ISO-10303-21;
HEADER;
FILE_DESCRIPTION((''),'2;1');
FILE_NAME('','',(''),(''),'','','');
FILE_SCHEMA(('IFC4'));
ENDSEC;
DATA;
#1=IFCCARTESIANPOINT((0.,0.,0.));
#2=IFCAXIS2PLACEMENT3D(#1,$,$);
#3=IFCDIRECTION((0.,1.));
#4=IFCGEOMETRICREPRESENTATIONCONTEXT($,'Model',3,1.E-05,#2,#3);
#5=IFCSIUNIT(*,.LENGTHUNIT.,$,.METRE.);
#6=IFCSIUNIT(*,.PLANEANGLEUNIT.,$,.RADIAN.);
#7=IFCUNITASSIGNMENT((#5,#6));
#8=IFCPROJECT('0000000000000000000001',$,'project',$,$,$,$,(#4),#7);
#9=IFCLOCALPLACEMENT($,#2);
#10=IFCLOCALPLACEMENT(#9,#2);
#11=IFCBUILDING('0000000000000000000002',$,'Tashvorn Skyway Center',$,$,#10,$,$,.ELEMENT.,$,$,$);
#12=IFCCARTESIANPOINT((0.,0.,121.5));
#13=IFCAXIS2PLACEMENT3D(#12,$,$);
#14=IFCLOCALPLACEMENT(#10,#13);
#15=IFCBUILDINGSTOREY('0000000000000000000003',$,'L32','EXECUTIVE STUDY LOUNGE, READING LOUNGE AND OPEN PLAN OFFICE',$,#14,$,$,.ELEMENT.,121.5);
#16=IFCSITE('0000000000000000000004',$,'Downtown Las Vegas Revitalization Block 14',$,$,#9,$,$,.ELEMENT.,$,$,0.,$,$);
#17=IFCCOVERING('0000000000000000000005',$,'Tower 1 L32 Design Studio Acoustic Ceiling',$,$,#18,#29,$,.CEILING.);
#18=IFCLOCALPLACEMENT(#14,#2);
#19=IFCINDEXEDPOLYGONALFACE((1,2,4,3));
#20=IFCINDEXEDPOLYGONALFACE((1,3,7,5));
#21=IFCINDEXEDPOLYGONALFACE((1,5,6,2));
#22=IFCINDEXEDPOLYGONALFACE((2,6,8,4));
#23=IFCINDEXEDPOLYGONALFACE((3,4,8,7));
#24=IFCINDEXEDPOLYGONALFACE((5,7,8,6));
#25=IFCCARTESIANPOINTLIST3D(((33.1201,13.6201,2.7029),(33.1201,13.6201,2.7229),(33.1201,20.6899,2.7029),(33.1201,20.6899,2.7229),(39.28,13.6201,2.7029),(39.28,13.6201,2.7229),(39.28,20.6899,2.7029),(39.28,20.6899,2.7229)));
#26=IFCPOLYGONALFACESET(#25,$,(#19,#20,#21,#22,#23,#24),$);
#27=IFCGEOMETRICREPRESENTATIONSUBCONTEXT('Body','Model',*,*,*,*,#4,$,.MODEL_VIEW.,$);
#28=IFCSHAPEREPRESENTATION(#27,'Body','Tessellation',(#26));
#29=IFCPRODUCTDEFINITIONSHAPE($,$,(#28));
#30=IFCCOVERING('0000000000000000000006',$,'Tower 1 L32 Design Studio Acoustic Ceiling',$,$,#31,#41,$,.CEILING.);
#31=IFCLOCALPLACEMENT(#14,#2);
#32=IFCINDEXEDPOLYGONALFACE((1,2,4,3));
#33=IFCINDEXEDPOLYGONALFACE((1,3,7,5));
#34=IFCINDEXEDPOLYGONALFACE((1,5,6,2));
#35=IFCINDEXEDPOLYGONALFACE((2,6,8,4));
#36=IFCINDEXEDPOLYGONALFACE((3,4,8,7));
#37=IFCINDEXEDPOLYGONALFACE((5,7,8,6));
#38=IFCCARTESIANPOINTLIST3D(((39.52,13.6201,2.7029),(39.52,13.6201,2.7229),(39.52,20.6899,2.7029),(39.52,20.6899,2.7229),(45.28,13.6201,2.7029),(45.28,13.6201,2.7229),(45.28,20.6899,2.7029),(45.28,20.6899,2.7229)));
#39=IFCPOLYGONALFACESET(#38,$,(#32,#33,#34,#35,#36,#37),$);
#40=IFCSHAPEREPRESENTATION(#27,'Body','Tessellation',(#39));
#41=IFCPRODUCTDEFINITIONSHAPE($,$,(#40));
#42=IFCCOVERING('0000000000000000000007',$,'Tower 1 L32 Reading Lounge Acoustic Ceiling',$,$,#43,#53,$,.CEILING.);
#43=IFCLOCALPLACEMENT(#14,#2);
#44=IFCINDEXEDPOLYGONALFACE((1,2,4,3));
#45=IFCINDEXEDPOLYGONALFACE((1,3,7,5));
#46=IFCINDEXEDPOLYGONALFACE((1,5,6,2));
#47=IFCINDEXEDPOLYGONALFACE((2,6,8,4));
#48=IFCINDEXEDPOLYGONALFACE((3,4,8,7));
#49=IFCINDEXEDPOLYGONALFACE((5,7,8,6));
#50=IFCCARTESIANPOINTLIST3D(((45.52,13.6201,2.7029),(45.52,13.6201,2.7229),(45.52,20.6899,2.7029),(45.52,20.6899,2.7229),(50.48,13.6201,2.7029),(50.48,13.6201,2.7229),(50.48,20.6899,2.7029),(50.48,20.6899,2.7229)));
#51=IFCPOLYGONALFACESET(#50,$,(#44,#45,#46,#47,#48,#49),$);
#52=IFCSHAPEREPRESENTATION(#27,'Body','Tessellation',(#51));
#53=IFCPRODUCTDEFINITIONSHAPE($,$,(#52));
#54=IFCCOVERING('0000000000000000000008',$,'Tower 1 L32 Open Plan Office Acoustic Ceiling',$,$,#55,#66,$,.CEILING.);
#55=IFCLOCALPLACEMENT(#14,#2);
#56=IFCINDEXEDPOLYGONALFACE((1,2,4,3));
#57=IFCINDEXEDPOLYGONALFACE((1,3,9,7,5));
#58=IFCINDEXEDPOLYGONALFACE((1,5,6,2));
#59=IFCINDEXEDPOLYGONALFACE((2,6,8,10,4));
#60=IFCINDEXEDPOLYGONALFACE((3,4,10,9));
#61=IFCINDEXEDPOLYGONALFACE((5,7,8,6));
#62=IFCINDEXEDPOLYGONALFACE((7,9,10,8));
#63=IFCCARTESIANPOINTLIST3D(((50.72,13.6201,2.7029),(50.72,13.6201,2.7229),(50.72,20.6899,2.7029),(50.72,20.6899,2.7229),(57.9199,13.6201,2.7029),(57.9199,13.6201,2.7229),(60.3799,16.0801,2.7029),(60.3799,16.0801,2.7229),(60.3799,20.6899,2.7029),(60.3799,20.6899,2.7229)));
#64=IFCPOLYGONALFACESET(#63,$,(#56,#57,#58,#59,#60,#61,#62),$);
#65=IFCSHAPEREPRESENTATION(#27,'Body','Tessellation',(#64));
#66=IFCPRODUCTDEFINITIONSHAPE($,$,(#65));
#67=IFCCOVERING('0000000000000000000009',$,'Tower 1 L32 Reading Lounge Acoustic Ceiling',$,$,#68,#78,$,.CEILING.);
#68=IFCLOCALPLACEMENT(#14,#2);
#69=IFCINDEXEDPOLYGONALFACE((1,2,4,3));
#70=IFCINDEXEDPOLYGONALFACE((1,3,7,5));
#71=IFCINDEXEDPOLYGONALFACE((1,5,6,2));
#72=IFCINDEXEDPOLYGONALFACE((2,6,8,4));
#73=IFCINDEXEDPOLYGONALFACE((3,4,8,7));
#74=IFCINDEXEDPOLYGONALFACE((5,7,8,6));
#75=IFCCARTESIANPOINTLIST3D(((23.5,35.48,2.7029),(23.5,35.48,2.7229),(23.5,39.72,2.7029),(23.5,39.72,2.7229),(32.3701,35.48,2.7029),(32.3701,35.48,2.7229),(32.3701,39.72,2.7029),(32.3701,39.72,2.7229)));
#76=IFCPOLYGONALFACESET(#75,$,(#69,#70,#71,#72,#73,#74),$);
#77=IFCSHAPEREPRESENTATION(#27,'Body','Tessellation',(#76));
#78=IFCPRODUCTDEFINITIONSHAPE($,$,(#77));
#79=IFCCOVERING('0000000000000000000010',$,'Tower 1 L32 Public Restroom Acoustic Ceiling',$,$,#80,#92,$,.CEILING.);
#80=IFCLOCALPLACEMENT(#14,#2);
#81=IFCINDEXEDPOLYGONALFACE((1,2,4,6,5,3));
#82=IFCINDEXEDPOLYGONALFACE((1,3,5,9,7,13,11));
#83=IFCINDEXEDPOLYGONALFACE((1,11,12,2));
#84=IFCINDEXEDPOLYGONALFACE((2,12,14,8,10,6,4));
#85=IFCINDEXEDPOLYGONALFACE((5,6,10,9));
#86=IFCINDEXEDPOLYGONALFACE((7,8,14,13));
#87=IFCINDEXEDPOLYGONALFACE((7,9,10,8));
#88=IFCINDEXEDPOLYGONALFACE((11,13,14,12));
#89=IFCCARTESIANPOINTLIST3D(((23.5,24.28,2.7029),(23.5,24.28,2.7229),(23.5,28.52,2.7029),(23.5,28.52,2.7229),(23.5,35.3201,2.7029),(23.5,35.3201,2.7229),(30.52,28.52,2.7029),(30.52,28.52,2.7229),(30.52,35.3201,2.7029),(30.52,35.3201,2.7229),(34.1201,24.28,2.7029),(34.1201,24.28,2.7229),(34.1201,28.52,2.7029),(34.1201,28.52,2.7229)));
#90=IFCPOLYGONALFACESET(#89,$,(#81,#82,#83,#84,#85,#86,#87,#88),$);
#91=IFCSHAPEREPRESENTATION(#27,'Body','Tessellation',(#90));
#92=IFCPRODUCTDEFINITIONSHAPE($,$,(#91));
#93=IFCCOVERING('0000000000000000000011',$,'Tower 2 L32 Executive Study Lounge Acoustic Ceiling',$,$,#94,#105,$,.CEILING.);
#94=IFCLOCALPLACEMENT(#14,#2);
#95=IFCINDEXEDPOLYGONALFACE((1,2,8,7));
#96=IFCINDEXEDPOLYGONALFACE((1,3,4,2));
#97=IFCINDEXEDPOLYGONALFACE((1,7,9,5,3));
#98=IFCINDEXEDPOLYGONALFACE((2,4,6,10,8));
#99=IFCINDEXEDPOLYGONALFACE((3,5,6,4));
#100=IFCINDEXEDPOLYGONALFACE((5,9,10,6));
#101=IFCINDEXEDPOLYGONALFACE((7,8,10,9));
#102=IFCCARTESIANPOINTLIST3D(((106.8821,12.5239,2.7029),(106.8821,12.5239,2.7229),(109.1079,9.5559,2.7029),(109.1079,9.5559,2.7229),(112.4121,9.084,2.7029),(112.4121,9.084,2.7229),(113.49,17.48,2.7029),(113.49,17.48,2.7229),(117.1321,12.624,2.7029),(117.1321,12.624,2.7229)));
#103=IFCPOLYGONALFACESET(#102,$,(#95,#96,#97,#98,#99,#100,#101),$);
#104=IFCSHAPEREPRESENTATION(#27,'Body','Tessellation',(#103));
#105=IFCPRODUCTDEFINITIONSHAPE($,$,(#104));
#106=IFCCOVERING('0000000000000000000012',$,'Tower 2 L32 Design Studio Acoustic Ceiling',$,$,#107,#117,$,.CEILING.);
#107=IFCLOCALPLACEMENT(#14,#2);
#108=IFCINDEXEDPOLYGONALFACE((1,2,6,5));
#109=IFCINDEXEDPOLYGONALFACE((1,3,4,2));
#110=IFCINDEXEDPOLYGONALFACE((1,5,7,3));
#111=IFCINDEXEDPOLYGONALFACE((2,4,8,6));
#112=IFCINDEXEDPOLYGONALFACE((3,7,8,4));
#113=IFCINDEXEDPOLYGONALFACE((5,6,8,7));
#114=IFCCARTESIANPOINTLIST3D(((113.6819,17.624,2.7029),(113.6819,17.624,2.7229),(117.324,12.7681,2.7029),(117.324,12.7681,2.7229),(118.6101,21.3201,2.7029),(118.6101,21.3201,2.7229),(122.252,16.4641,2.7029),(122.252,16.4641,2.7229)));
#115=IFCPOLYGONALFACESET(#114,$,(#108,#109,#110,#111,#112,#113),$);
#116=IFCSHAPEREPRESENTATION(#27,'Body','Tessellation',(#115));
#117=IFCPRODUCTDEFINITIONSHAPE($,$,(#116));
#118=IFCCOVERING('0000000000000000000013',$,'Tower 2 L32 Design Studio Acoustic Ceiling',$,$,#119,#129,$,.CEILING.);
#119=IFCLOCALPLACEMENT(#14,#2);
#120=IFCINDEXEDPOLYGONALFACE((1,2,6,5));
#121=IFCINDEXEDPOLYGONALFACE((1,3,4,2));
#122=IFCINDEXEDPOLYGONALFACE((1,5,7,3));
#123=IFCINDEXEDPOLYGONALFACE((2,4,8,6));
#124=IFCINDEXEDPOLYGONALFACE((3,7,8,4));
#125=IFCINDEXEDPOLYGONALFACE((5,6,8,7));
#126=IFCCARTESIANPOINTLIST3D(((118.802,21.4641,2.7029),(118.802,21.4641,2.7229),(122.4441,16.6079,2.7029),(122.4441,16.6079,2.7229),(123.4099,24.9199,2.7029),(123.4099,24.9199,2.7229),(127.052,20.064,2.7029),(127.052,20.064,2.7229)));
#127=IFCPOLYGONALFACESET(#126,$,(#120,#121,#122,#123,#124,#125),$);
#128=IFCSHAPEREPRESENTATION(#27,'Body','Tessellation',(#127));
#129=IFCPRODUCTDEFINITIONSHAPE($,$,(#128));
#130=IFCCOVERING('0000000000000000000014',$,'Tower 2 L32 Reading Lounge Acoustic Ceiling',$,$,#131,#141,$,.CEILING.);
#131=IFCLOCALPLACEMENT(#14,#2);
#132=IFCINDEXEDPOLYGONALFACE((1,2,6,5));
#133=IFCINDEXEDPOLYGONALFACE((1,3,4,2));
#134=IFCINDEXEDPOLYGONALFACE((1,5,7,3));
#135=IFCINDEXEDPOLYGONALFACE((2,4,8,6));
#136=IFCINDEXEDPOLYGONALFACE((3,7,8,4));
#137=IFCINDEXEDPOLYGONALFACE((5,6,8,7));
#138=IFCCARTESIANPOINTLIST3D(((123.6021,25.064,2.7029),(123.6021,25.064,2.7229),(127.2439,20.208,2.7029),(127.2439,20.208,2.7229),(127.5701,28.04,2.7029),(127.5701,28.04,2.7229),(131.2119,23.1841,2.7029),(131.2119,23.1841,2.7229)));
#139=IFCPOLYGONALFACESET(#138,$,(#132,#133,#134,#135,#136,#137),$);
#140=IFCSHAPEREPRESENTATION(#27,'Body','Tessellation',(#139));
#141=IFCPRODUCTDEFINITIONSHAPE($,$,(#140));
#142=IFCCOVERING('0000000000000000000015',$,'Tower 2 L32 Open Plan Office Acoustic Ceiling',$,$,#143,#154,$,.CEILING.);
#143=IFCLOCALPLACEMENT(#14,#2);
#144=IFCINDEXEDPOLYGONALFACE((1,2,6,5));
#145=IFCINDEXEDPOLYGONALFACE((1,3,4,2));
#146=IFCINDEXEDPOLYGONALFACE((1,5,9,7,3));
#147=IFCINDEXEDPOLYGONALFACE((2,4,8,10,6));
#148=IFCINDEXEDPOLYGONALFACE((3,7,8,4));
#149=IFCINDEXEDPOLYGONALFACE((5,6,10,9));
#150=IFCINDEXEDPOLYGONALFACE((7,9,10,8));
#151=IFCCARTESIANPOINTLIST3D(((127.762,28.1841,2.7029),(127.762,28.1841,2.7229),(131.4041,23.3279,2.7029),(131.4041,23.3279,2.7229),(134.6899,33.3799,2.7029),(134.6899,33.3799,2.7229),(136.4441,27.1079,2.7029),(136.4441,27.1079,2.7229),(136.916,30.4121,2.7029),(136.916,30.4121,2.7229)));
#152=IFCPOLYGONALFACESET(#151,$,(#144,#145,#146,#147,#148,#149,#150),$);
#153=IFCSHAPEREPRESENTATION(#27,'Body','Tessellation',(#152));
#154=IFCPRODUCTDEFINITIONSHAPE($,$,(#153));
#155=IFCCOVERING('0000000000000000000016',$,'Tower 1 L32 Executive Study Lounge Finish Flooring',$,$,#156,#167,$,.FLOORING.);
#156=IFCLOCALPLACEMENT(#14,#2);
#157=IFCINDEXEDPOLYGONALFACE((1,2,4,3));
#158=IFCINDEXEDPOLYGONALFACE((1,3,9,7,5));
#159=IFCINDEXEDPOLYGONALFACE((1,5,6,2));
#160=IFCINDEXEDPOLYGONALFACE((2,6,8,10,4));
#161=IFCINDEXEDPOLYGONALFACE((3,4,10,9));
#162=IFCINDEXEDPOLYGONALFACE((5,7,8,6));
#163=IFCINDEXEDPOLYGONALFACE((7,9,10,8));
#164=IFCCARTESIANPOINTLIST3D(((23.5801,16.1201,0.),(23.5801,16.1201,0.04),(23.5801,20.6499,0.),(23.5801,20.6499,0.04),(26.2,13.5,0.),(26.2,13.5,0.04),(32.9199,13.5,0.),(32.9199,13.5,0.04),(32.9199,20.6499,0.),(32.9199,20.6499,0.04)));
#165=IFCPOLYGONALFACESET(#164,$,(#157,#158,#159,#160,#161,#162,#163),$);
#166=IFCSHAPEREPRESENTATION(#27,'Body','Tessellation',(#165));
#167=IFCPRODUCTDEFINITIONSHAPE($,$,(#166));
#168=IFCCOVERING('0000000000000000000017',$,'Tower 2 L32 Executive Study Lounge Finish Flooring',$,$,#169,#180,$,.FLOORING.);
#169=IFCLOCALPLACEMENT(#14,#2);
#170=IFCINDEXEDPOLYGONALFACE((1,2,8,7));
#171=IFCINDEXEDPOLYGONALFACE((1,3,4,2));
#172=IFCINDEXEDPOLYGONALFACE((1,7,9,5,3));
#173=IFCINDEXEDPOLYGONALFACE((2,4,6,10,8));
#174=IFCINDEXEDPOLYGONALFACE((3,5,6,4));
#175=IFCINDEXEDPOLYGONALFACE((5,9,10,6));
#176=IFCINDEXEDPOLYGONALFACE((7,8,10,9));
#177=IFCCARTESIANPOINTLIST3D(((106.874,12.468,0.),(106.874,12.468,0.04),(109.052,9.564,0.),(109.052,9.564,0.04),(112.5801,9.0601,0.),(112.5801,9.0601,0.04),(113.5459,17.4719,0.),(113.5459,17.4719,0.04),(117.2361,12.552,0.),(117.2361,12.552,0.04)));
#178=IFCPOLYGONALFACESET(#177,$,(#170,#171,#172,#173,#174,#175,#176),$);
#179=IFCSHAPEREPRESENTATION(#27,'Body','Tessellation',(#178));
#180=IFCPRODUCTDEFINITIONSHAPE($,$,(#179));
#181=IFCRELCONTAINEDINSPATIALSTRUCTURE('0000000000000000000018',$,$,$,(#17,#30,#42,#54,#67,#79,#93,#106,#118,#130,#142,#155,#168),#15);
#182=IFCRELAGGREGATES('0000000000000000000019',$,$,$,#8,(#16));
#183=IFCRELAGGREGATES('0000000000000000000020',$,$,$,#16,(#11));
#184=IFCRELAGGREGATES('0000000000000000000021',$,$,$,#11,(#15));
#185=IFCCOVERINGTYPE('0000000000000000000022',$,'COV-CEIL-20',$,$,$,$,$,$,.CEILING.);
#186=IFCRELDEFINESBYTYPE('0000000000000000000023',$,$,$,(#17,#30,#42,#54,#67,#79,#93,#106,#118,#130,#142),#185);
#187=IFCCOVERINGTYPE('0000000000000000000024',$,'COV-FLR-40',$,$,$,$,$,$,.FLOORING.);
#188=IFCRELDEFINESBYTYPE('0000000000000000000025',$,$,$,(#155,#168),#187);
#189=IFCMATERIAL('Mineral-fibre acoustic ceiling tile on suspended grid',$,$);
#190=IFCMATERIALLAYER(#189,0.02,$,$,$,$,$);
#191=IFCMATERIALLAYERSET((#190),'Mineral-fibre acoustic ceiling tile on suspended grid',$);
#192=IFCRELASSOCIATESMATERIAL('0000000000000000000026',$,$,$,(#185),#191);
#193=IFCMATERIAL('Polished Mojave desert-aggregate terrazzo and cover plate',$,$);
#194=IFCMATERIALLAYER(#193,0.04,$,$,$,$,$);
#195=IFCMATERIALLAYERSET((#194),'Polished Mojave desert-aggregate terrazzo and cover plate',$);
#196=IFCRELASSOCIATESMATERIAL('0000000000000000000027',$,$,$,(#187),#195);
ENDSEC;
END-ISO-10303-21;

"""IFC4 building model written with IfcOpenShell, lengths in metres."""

from ifc_helpers import new_model, si_unit, direction, frame, origin, place, context, subcontext, project, spatial, polyline, outline, extrude, material, layer, layer_set, type_object, element, save


model = new_model("IFC4")

# Units and contexts
model_context = context("Model", 3, precision=1e-05, world=origin(), true_north=direction((0.0, 1.0)))
body_context = subcontext(model_context, "Body", "Model", "MODEL_VIEW")
ifc_project = project(units=[si_unit("LENGTHUNIT", "METRE"), si_unit("PLANEANGLEUNIT", "RADIAN")], contexts=[model_context])

# Site, building, storey
site_placement = place(None, origin())
site = spatial("IfcSite", under=ifc_project, at=site_placement, Name="Downtown Las Vegas Revitalization Block 14", CompositionType="ELEMENT", RefElevation=0.0)
building_placement = place(site_placement, origin())
building = spatial("IfcBuilding", under=site, at=building_placement, Name="Tashvorn Skyway Center", CompositionType="ELEMENT")
storey_placement = place(building_placement, frame((0.0, 0.0, 121.5)))
storey = spatial("IfcBuildingStorey", under=building, at=storey_placement, Name="L32", Description="EXECUTIVE STUDY LOUNGE, READING LOUNGE AND OPEN PLAN OFFICE", CompositionType="ELEMENT", Elevation=121.5)

# Coverings
ifc_material_1 = material(Name="Mineral-fibre acoustic ceiling tile on suspended grid")
ifc_layer_1 = layer(ifc_material_1, 0.02)
ifc_layer_set_1 = layer_set([ifc_layer_1], Name="Mineral-fibre acoustic ceiling tile on suspended grid")
covering_type_1 = type_object("IfcCoveringType", Name="COV-CEIL-20", PredefinedType="CEILING", material=ifc_layer_set_1)
covering_1_placement = place(storey_placement, frame((0.0, 0.0, 2.7029)))
element("IfcCovering", 1, at=covering_1_placement, inside=storey, type_object=covering_type_1, Name="Tower 1 L32 Design Studio Acoustic Ceiling", PredefinedType="CEILING", context=body_context, shape_type="SweptSolid", body=[
    extrude(outline(polyline([(33.1201, 20.6899), (39.28, 20.6899), (39.28, 13.6201), (33.1201, 13.6201), (33.1201, 20.6899)])), origin(), (0.0, 0.0, 1.0), 0.02),
])
covering_2_placement = place(storey_placement, frame((0.0, 0.0, 2.7029)))
element("IfcCovering", 2, at=covering_2_placement, inside=storey, type_object=covering_type_1, Name="Tower 1 L32 Design Studio Acoustic Ceiling", PredefinedType="CEILING", context=body_context, shape_type="SweptSolid", body=[
    extrude(outline(polyline([(39.52, 20.6899), (45.28, 20.6899), (45.28, 13.6201), (39.52, 13.6201), (39.52, 20.6899)])), origin(), (0.0, 0.0, 1.0), 0.02),
])
covering_3_placement = place(storey_placement, frame((0.0, 0.0, 2.7029)))
element("IfcCovering", 3, at=covering_3_placement, inside=storey, type_object=covering_type_1, Name="Tower 1 L32 Reading Lounge Acoustic Ceiling", PredefinedType="CEILING", context=body_context, shape_type="SweptSolid", body=[
    extrude(outline(polyline([(45.52, 20.6899), (50.48, 20.6899), (50.48, 13.6201), (45.52, 13.6201), (45.52, 20.6899)])), origin(), (0.0, 0.0, 1.0), 0.02),
])
covering_4_placement = place(storey_placement, frame((0.0, 0.0, 2.7029)))
element("IfcCovering", 4, at=covering_4_placement, inside=storey, type_object=covering_type_1, Name="Tower 1 L32 Open Plan Office Acoustic Ceiling", PredefinedType="CEILING", context=body_context, shape_type="SweptSolid", body=[
    extrude(outline(polyline([(50.72, 13.6201), (50.72, 20.6899), (60.3799, 20.6899), (60.3799, 16.0801), (57.9199, 13.6201), (50.72, 13.6201)])), origin(), (0.0, 0.0, 1.0), 0.02),
])
covering_5_placement = place(storey_placement, frame((0.0, 0.0, 2.7029)))
element("IfcCovering", 5, at=covering_5_placement, inside=storey, type_object=covering_type_1, Name="Tower 1 L32 Reading Lounge Acoustic Ceiling", PredefinedType="CEILING", context=body_context, shape_type="SweptSolid", body=[
    extrude(outline(polyline([(32.3701, 39.72), (32.3701, 35.48), (23.5, 35.48), (23.5, 39.72), (32.3701, 39.72)])), origin(), (0.0, 0.0, 1.0), 0.02),
])
covering_6_placement = place(storey_placement, frame((0.0, 0.0, 2.7029)))
element("IfcCovering", 6, at=covering_6_placement, inside=storey, type_object=covering_type_1, Name="Tower 1 L32 Public Restroom Acoustic Ceiling", PredefinedType="CEILING", context=body_context, shape_type="SweptSolid", body=[
    extrude(outline(polyline([(34.1201, 24.28), (23.5, 24.28), (23.5, 28.52), (23.5, 35.3201), (30.52, 35.3201), (30.52, 28.52), (34.1201, 28.52), (34.1201, 24.28)])), origin(), (0.0, 0.0, 1.0), 0.02),
])
covering_7_placement = place(storey_placement, frame((0.0, 0.0, 2.7029)))
element("IfcCovering", 7, at=covering_7_placement, inside=storey, type_object=covering_type_1, Name="Tower 2 L32 Executive Study Lounge Acoustic Ceiling", PredefinedType="CEILING", context=body_context, shape_type="SweptSolid", body=[
    extrude(outline(polyline([(106.8821, 12.5239), (113.49, 17.48), (117.1321, 12.624), (112.4121, 9.084), (109.1079, 9.5559), (106.8821, 12.5239)])), origin(), (0.0, 0.0, 1.0), 0.02),
])
covering_8_placement = place(storey_placement, frame((0.0, 0.0, 2.7029)))
element("IfcCovering", 8, at=covering_8_placement, inside=storey, type_object=covering_type_1, Name="Tower 2 L32 Design Studio Acoustic Ceiling", PredefinedType="CEILING", context=body_context, shape_type="SweptSolid", body=[
    extrude(outline(polyline([(113.6819, 17.624), (118.6101, 21.3201), (122.252, 16.4641), (117.324, 12.7681), (113.6819, 17.624)])), origin(), (0.0, 0.0, 1.0), 0.02),
])
covering_9_placement = place(storey_placement, frame((0.0, 0.0, 2.7029)))
element("IfcCovering", 9, at=covering_9_placement, inside=storey, type_object=covering_type_1, Name="Tower 2 L32 Design Studio Acoustic Ceiling", PredefinedType="CEILING", context=body_context, shape_type="SweptSolid", body=[
    extrude(outline(polyline([(118.802, 21.4641), (123.4099, 24.9199), (127.052, 20.064), (122.4441, 16.6079), (118.802, 21.4641)])), origin(), (0.0, 0.0, 1.0), 0.02),
])
covering_10_placement = place(storey_placement, frame((0.0, 0.0, 2.7029)))
element("IfcCovering", 10, at=covering_10_placement, inside=storey, type_object=covering_type_1, Name="Tower 2 L32 Reading Lounge Acoustic Ceiling", PredefinedType="CEILING", context=body_context, shape_type="SweptSolid", body=[
    extrude(outline(polyline([(123.6021, 25.064), (127.5701, 28.04), (131.2119, 23.1841), (127.2439, 20.208), (123.6021, 25.064)])), origin(), (0.0, 0.0, 1.0), 0.02),
])
covering_11_placement = place(storey_placement, frame((0.0, 0.0, 2.7029)))
element("IfcCovering", 11, at=covering_11_placement, inside=storey, type_object=covering_type_1, Name="Tower 2 L32 Open Plan Office Acoustic Ceiling", PredefinedType="CEILING", context=body_context, shape_type="SweptSolid", body=[
    extrude(outline(polyline([(131.4041, 23.3279), (127.762, 28.1841), (134.6899, 33.3799), (136.916, 30.4121), (136.4441, 27.1079), (131.4041, 23.3279)])), origin(), (0.0, 0.0, 1.0), 0.02),
])
ifc_material_2 = material(Name="Polished Mojave desert-aggregate terrazzo and cover plate")
ifc_layer_2 = layer(ifc_material_2, 0.04)
ifc_layer_set_2 = layer_set([ifc_layer_2], Name="Polished Mojave desert-aggregate terrazzo and cover plate")
covering_type_2 = type_object("IfcCoveringType", Name="COV-FLR-40", PredefinedType="FLOORING", material=ifc_layer_set_2)
covering_12_placement = place(storey_placement, origin())
element("IfcCovering", 12, at=covering_12_placement, inside=storey, type_object=covering_type_2, Name="Tower 1 L32 Executive Study Lounge Finish Flooring", PredefinedType="FLOORING", context=body_context, shape_type="SweptSolid", body=[
    extrude(outline(polyline([(26.2, 13.5), (23.5801, 16.1201), (23.5801, 20.6499), (32.9199, 20.6499), (32.9199, 13.5), (26.2, 13.5)])), origin(), (0.0, 0.0, 1.0), 0.04),
])
covering_13_placement = place(storey_placement, origin())
element("IfcCovering", 13, at=covering_13_placement, inside=storey, type_object=covering_type_2, Name="Tower 2 L32 Executive Study Lounge Finish Flooring", PredefinedType="FLOORING", context=body_context, shape_type="SweptSolid", body=[
    extrude(outline(polyline([(112.5801, 9.0601), (109.052, 9.564), (106.874, 12.468), (113.5459, 17.4719), (117.2361, 12.552), (112.5801, 9.0601)])), origin(), (0.0, 0.0, 1.0), 0.04),
])

save(model, "model.ifc")
